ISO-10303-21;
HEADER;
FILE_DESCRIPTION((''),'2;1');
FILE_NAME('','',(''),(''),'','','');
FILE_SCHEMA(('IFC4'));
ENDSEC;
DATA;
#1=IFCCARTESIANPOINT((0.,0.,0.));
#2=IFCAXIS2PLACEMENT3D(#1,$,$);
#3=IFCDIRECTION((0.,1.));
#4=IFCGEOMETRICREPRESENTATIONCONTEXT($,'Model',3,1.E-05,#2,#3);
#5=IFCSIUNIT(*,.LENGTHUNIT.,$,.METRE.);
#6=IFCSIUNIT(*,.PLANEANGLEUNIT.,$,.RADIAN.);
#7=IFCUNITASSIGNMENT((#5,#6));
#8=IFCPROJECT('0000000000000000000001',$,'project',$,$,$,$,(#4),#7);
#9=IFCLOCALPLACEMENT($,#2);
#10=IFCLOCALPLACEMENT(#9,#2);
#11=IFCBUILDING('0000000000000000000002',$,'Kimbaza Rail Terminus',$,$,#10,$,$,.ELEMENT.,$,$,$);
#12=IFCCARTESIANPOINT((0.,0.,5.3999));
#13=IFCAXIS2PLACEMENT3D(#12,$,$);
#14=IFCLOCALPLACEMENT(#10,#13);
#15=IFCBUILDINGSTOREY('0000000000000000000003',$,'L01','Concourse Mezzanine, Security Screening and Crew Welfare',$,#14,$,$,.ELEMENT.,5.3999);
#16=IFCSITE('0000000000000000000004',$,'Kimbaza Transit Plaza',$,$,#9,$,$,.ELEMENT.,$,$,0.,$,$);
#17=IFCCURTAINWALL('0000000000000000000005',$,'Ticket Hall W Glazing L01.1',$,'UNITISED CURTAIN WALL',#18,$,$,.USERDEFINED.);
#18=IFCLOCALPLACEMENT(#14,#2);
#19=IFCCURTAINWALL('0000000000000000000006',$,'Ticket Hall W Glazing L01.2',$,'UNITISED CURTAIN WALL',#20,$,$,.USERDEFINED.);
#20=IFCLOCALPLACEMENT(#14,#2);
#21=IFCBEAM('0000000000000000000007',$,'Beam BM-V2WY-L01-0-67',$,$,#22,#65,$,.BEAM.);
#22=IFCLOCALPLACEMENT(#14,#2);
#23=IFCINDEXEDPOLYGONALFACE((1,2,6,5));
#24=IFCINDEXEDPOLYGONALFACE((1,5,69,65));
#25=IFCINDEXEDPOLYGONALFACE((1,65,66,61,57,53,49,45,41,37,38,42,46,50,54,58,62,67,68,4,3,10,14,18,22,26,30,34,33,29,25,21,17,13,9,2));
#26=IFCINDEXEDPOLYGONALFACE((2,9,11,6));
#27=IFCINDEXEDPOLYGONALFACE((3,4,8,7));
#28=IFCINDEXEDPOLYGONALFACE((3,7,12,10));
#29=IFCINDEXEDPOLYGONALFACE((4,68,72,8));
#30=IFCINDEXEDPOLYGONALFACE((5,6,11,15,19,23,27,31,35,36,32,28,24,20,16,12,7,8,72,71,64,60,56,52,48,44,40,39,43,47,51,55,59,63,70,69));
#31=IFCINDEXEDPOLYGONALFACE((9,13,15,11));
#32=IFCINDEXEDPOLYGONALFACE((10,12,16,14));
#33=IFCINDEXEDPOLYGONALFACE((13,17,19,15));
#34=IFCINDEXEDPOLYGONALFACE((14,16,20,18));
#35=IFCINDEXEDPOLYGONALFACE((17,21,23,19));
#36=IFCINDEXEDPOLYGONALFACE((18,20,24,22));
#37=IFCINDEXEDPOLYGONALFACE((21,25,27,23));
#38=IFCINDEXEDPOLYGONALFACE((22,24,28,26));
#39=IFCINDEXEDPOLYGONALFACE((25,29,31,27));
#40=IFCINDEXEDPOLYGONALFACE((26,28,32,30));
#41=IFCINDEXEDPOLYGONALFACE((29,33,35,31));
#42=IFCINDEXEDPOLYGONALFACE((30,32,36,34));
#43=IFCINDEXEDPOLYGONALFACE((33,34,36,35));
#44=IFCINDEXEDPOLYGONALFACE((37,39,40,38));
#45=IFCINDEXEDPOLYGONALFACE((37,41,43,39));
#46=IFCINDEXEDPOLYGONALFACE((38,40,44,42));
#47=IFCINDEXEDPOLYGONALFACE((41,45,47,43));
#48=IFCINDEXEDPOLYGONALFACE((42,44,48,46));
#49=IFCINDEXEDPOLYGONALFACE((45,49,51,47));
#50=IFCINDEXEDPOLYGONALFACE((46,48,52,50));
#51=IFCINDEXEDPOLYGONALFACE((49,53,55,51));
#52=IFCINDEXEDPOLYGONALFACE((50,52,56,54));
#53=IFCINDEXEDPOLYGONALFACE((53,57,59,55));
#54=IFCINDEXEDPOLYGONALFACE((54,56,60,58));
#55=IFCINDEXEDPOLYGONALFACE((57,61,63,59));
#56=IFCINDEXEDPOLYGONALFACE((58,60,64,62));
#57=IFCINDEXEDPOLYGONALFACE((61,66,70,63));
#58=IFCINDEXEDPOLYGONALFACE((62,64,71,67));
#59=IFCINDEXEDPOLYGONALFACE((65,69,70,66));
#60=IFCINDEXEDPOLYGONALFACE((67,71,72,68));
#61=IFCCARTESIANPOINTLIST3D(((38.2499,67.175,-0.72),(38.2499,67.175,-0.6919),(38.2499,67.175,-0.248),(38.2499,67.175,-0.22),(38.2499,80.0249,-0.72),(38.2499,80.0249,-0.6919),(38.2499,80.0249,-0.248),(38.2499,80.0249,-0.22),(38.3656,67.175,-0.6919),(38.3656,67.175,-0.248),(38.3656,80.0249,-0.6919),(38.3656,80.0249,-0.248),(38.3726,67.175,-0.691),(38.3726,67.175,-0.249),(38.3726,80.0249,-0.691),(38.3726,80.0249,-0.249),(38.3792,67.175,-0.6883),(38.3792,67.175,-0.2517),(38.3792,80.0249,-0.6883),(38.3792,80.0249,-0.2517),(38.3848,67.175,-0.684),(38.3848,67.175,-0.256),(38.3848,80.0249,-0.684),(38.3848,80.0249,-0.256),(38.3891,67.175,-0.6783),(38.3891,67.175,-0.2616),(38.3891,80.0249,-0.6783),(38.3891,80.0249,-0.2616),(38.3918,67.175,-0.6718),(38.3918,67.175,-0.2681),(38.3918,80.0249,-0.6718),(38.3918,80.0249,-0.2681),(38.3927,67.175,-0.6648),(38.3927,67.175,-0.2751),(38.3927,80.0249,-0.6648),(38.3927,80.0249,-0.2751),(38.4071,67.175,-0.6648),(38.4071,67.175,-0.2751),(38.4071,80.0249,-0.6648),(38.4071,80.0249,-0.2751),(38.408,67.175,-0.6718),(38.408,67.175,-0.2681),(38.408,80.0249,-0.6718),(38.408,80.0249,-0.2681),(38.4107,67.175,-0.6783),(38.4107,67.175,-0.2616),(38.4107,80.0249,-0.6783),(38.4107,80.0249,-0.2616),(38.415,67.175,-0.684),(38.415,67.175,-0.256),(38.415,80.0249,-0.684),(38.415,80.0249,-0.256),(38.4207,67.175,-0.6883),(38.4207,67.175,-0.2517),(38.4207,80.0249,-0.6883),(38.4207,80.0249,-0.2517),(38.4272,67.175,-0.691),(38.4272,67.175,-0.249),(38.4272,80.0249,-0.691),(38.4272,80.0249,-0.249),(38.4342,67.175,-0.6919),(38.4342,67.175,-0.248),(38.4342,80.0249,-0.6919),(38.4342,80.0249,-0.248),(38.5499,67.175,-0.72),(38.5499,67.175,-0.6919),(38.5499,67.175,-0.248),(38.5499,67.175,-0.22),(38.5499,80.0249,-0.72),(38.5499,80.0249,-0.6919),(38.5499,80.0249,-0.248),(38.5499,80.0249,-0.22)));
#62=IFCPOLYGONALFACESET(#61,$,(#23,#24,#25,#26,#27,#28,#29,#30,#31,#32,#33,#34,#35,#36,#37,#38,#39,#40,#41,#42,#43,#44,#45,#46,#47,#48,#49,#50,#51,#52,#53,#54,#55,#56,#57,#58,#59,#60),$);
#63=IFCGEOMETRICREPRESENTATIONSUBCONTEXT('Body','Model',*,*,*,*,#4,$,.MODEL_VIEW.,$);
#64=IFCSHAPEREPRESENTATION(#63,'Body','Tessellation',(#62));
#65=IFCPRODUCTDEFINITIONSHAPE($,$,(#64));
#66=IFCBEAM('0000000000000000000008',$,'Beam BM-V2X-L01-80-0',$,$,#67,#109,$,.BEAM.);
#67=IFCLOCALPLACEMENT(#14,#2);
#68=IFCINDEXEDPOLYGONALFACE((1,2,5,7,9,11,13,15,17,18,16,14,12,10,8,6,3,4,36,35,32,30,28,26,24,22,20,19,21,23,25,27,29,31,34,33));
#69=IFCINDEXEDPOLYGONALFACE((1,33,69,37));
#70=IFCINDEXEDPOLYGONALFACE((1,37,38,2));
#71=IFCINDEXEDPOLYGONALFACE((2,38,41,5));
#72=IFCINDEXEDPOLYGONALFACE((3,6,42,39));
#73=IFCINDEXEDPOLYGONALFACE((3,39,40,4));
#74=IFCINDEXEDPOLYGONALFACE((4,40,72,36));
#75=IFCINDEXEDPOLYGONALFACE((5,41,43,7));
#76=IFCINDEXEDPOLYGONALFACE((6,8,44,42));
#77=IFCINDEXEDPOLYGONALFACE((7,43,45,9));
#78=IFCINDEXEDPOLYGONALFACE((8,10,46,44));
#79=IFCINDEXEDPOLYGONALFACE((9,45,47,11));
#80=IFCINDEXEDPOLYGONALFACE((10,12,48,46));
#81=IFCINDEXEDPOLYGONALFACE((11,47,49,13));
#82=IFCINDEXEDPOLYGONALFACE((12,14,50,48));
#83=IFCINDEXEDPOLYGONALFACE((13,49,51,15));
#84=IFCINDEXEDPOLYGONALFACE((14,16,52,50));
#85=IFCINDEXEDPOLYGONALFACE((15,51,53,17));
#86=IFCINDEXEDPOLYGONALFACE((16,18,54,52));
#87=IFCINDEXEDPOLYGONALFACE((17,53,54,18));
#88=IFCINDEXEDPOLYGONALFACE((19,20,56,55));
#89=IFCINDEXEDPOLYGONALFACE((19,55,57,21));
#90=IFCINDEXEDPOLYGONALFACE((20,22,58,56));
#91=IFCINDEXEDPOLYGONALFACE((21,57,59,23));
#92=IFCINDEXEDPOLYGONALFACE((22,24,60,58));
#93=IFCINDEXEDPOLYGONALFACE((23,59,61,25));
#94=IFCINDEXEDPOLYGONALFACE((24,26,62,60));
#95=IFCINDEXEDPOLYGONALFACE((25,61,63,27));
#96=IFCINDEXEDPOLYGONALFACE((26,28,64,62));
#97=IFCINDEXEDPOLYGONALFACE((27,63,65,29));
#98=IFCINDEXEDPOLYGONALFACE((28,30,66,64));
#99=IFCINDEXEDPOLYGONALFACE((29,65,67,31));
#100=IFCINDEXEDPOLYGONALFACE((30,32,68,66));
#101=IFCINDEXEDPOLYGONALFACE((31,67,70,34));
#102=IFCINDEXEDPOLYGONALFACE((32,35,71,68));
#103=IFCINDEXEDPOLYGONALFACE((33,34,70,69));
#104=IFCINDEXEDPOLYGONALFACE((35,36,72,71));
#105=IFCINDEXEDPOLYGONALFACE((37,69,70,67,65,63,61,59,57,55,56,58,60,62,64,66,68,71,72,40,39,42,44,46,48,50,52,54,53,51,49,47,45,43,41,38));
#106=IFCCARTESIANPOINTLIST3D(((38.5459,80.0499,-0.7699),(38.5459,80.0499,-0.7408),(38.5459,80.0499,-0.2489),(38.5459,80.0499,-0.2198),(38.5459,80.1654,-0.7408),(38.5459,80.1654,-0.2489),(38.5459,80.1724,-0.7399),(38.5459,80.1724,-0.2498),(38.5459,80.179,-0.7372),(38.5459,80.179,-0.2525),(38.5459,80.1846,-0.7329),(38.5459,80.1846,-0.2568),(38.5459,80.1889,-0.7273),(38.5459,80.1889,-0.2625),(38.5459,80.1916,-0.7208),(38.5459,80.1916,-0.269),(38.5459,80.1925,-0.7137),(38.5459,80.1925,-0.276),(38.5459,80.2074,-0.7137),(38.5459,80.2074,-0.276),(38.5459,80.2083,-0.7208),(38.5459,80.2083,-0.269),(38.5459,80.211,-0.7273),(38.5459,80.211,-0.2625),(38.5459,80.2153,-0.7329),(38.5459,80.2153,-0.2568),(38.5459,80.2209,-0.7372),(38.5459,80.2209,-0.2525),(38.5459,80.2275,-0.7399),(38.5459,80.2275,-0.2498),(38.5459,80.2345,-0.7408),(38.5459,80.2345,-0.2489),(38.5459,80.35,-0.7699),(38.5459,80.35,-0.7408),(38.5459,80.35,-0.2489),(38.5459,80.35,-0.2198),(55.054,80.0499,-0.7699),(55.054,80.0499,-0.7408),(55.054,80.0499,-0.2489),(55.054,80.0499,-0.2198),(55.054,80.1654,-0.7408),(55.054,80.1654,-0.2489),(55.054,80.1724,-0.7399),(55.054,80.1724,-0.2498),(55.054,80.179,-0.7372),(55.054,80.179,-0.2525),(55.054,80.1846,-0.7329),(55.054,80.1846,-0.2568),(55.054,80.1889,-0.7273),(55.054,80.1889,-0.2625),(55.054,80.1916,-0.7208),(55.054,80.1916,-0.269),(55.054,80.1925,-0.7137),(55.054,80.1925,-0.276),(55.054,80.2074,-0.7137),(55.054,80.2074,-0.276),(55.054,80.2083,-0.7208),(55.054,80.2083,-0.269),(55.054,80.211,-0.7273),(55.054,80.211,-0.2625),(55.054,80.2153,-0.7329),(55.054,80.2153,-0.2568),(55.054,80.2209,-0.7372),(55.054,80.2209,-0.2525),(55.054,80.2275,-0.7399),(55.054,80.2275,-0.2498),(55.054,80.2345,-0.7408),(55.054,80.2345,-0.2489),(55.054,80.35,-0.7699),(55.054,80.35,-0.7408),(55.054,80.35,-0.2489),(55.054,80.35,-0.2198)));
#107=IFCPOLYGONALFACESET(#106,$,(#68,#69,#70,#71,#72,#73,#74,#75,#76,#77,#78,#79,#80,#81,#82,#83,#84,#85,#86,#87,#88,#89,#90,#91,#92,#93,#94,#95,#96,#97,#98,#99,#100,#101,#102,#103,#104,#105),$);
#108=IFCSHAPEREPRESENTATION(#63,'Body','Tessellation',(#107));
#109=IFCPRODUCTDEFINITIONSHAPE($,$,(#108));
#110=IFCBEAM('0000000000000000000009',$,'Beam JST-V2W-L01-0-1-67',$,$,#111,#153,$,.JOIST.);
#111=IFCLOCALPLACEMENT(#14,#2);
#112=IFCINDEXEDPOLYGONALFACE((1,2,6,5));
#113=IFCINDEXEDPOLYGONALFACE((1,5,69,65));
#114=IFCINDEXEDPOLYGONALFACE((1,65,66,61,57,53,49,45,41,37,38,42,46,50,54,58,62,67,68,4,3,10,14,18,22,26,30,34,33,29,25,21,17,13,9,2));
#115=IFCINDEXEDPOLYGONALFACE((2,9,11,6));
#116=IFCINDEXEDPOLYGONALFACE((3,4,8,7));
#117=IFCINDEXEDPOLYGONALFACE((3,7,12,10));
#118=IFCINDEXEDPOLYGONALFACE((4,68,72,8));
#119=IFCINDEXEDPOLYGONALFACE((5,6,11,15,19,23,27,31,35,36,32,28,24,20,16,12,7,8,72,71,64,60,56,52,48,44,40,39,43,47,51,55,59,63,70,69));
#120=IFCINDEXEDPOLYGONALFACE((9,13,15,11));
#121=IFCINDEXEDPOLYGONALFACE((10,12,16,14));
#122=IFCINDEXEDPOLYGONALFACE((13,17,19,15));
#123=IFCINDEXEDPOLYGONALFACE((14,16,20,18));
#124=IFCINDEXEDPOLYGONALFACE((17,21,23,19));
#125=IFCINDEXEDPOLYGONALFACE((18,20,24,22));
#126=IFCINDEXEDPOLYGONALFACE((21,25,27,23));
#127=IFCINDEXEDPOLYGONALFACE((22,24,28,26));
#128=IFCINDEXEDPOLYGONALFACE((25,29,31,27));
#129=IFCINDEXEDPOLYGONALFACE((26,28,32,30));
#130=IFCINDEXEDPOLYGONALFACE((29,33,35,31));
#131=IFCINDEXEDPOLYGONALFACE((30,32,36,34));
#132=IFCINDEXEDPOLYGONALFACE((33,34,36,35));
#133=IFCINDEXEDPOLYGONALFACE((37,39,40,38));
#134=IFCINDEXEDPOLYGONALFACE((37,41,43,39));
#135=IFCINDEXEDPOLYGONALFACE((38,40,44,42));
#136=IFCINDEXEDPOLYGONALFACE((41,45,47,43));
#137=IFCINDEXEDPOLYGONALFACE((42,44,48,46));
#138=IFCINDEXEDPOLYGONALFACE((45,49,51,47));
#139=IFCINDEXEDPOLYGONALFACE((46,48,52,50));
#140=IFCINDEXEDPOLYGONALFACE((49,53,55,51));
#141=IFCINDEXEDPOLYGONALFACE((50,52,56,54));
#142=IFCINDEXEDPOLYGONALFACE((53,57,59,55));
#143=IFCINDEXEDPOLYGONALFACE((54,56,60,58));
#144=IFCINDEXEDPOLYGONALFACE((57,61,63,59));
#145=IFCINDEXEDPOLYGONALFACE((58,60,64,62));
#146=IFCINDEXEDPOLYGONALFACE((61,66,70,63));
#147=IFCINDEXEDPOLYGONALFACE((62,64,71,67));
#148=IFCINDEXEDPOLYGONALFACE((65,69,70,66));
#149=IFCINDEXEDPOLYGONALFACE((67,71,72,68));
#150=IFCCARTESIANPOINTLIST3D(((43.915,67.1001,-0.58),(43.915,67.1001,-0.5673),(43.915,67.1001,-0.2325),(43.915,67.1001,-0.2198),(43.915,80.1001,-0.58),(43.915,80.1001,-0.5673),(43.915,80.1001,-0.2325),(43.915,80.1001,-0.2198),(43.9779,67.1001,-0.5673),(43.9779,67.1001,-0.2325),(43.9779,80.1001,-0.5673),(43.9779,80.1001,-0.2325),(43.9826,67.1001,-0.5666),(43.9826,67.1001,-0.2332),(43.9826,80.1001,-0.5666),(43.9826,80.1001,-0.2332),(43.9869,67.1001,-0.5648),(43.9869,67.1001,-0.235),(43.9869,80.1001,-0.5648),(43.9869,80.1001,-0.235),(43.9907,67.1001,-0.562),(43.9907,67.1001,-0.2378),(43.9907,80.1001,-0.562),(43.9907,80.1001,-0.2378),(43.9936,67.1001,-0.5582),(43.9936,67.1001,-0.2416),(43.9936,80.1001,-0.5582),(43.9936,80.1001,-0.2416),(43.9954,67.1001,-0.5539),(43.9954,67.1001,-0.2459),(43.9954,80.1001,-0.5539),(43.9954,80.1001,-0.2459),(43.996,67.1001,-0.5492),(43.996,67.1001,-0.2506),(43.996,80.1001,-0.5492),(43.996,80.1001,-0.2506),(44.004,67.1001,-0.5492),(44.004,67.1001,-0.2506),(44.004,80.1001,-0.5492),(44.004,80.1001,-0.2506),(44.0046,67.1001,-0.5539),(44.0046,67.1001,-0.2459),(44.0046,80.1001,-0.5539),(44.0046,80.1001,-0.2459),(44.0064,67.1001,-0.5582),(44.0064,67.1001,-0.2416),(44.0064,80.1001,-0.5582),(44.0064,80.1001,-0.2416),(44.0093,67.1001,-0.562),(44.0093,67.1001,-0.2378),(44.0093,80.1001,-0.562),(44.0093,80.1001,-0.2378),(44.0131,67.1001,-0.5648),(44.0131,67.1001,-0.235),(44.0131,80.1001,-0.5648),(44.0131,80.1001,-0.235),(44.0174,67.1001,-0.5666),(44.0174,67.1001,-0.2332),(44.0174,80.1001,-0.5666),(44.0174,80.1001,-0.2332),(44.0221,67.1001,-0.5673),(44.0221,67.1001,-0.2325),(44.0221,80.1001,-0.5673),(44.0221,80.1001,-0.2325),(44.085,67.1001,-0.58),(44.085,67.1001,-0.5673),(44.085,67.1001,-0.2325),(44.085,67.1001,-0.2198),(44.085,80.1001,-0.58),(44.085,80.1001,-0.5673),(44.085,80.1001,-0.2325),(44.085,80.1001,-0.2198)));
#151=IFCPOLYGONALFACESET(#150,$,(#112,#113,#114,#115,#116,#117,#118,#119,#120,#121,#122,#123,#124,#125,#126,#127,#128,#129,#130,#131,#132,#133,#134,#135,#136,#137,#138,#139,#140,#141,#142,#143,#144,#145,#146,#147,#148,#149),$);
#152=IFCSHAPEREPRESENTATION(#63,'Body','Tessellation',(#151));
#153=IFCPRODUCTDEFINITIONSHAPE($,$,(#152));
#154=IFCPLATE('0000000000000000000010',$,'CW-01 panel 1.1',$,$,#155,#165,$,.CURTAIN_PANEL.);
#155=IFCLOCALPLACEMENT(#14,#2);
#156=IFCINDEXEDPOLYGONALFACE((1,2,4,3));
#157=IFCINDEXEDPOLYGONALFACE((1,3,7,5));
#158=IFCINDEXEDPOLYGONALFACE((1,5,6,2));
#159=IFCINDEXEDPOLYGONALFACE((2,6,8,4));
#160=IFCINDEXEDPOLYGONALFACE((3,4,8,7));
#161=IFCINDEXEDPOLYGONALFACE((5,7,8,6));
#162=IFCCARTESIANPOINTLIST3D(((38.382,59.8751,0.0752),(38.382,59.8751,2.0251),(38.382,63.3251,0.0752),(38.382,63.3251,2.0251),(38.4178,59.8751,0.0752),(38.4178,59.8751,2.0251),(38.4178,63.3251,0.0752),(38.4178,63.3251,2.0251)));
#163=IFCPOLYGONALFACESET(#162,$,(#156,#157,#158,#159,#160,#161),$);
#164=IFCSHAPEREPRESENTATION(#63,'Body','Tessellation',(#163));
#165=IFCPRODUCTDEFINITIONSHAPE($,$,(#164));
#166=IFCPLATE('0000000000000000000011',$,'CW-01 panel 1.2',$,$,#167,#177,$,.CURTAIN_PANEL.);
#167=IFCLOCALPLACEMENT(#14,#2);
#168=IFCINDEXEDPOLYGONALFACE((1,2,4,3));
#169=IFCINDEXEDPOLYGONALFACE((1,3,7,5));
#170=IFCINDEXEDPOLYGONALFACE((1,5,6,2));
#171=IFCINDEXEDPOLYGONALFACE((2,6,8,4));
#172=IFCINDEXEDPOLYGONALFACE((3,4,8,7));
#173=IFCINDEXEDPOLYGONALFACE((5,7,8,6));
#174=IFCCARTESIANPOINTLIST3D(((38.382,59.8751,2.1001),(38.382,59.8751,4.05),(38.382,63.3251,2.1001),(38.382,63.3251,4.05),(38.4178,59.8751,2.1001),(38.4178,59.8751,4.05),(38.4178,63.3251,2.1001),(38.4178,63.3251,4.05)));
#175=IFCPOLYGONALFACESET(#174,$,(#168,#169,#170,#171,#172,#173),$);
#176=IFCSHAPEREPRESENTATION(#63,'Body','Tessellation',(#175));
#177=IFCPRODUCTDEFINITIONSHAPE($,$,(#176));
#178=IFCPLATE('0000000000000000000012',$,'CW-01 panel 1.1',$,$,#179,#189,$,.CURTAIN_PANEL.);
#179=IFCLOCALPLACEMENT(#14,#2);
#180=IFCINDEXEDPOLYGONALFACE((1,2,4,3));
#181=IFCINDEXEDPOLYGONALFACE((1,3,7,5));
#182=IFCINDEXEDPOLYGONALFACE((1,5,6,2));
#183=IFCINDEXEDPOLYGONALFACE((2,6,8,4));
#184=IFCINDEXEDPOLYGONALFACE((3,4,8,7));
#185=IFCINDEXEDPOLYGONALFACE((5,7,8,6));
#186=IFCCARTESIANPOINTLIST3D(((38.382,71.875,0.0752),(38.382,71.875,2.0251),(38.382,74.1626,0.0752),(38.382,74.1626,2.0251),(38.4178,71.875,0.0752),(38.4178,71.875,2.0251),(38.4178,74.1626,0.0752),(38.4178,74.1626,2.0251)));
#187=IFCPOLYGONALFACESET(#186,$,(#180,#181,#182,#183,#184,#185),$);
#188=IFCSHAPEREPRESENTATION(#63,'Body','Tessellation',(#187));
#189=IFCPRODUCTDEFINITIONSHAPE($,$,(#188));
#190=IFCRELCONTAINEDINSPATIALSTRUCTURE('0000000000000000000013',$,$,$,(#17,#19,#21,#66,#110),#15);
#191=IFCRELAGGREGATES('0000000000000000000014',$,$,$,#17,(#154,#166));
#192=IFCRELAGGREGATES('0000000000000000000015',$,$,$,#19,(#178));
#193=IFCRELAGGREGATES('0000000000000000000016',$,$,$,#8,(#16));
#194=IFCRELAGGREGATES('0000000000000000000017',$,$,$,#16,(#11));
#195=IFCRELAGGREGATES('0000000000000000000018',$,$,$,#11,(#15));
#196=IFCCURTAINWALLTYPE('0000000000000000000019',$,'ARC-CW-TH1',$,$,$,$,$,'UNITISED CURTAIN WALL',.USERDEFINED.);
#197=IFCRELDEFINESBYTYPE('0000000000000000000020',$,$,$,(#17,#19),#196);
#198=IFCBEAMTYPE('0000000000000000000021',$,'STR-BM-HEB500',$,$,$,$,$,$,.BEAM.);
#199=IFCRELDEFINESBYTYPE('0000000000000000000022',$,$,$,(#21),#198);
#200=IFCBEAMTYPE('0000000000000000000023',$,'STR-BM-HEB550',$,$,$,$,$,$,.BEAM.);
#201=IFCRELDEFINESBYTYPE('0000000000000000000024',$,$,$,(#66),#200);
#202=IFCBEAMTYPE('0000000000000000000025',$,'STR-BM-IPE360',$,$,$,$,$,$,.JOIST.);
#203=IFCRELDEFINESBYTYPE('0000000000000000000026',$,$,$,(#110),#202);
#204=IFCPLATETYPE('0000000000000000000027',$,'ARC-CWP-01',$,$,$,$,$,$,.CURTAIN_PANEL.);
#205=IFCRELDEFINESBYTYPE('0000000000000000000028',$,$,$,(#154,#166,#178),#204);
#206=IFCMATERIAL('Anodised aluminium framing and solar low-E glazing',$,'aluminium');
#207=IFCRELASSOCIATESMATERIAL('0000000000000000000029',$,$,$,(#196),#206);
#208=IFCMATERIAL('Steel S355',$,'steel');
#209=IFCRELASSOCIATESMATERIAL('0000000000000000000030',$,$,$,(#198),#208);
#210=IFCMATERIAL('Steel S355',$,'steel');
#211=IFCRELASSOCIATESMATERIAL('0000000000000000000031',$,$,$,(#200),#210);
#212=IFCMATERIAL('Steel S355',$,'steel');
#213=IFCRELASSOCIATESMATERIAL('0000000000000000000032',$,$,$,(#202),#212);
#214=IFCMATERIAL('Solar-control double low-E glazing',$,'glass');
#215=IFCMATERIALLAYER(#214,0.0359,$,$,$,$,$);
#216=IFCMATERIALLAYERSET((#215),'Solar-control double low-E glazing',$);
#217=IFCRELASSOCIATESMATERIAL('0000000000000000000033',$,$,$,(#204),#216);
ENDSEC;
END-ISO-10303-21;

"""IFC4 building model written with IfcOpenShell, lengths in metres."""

from ifc_helpers import new_model, si_unit, direction, frame, origin, origin_2d, place, context, subcontext, project, spatial, rectangle, i_section, extrude, material, layer, layer_set, material_profile, profile_set, type_object, element, aggregate, save


model = new_model("IFC4")

# Units and contexts
model_context = context("Model", 3, precision=1e-05, world=origin(), true_north=direction((0.0, 1.0)))
body_context = subcontext(model_context, "Body", "Model", "MODEL_VIEW")
ifc_project = project(units=[si_unit("LENGTHUNIT", "METRE"), si_unit("PLANEANGLEUNIT", "RADIAN")], contexts=[model_context])

# Site, building, storey
site_placement = place(None, origin())
site = spatial("IfcSite", under=ifc_project, at=site_placement, Name="Kimbaza Transit Plaza", CompositionType="ELEMENT", RefElevation=0.0)
building_placement = place(site_placement, origin())
building = spatial("IfcBuilding", under=site, at=building_placement, Name="Kimbaza Rail Terminus", CompositionType="ELEMENT")
storey_placement = place(building_placement, frame((0.0, 0.0, 5.3999)))
storey = spatial("IfcBuildingStorey", under=building, at=storey_placement, Name="L01", Description="Concourse Mezzanine, Security Screening and Crew Welfare", CompositionType="ELEMENT", Elevation=5.3999)

# Curtain wall
ifc_material_1 = material(Name="Anodised aluminium framing and solar low-E glazing", Category="aluminium")
curtain_wall_type = type_object("IfcCurtainWallType", Name="ARC-CW-TH1", ElementType="UNITISED CURTAIN WALL", PredefinedType="USERDEFINED", material=ifc_material_1)
curtain_wall_1_placement = place(storey_placement, origin())
curtain_wall_1 = element("IfcCurtainWall", 1, at=curtain_wall_1_placement, inside=storey, type_object=curtain_wall_type, Name="Ticket Hall W Glazing L01.1", ObjectType="UNITISED CURTAIN WALL", PredefinedType="USERDEFINED")

# Curtain wall
curtain_wall_2_placement = place(storey_placement, origin())
curtain_wall_2 = element("IfcCurtainWall", 2, at=curtain_wall_2_placement, inside=storey, type_object=curtain_wall_type, Name="Ticket Hall W Glazing L01.2", ObjectType="UNITISED CURTAIN WALL", PredefinedType="USERDEFINED")

# Beams
ifc_material_2 = material(Name="Steel S355", Category="steel")
ifc_material_profile_1 = material_profile(ifc_material_2, i_section(OverallWidth=0.3, OverallDepth=0.5, WebThickness=0.0144, FlangeThickness=0.0281, FilletRadius=0.0271, at=origin_2d()), Name="HEB 500")
ifc_profile_set_1 = profile_set([ifc_material_profile_1], Name="Steel S355")
beam_type_1 = type_object("IfcBeamType", Name="STR-BM-HEB500", PredefinedType="BEAM", material=ifc_profile_set_1)
beam_1_placement = place(storey_placement, frame((38.3999, 67.175, -0.47), z_axis=(0.0, 1.0, 0.0), x_axis=(-1.0, 0.0, 0.0)))
element("IfcBeam", 3, at=beam_1_placement, inside=storey, type_object=beam_type_1, Name="Beam BM-V2WY-L01-0-67", PredefinedType="BEAM", context=body_context, shape_type="SweptSolid", body=[
    extrude(i_section(OverallWidth=0.3, OverallDepth=0.5, WebThickness=0.0144, FlangeThickness=0.0281, FilletRadius=0.0271, at=origin_2d()), origin(), (0.0, 0.0, 1.0), 12.8499),
])
ifc_material_3 = material(Name="Steel S355", Category="steel")
ifc_material_profile_2 = material_profile(ifc_material_3, i_section(OverallWidth=0.3, OverallDepth=0.55, WebThickness=0.0149, FlangeThickness=0.0291, FilletRadius=0.0271, at=origin_2d()), Name="HEB 550")
ifc_profile_set_2 = profile_set([ifc_material_profile_2], Name="Steel S355")
beam_type_2 = type_object("IfcBeamType", Name="STR-BM-HEB550", PredefinedType="BEAM", material=ifc_profile_set_2)
beam_2_placement = place(storey_placement, frame((38.5459, 80.2, -0.4949), z_axis=(1.0, 0.0, 0.0), x_axis=(0.0, 1.0, 0.0)))
element("IfcBeam", 4, at=beam_2_placement, inside=storey, type_object=beam_type_2, Name="Beam BM-V2X-L01-80-0", PredefinedType="BEAM", context=body_context, shape_type="SweptSolid", body=[
    extrude(i_section(OverallWidth=0.3, OverallDepth=0.55, WebThickness=0.0149, FlangeThickness=0.0291, FilletRadius=0.0271, at=origin_2d()), origin(), (0.0, 0.0, 1.0), 16.5081),
])
ifc_material_4 = material(Name="Steel S355", Category="steel")
ifc_material_profile_3 = material_profile(ifc_material_4, i_section(OverallWidth=0.1699, OverallDepth=0.3601, WebThickness=0.0081, FlangeThickness=0.0127, FilletRadius=0.0181, at=origin_2d()), Name="IPE 360")
ifc_profile_set_3 = profile_set([ifc_material_profile_3], Name="Steel S355")
beam_type_3 = type_object("IfcBeamType", Name="STR-BM-IPE360", PredefinedType="JOIST", material=ifc_profile_set_3)
beam_3_placement = place(storey_placement, frame((44.0, 67.1001, -0.3999), z_axis=(0.0, 1.0, 0.0), x_axis=(-1.0, 0.0, 0.0)))
element("IfcBeam", 5, at=beam_3_placement, inside=storey, type_object=beam_type_3, Name="Beam JST-V2W-L01-0-1-67", PredefinedType="JOIST", context=body_context, shape_type="SweptSolid", body=[
    extrude(i_section(OverallWidth=0.1699, OverallDepth=0.3601, WebThickness=0.0081, FlangeThickness=0.0127, FilletRadius=0.0181, at=origin_2d()), origin(), (0.0, 0.0, 1.0), 13.0),
])

# Plates
ifc_material_5 = material(Name="Solar-control double low-E glazing", Category="glass")
ifc_layer_1 = layer(ifc_material_5, 0.0359)
ifc_layer_set_1 = layer_set([ifc_layer_1], Name="Solar-control double low-E glazing")
plate_type = type_object("IfcPlateType", Name="ARC-CWP-01", PredefinedType="CURTAIN_PANEL", material=ifc_layer_set_1)
plate_1_placement = place(storey_placement, frame((38.3999, 61.6001, 0.0752), z_axis=(0.0, 0.0, 1.0), x_axis=(0.0, 1.0, 0.0)))
plate_1 = element("IfcPlate", 6, at=plate_1_placement, type_object=plate_type, Name="CW-01 panel 1.1", PredefinedType="CURTAIN_PANEL", context=body_context, shape_type="SweptSolid", body=[
    extrude(rectangle(XDim=3.45, YDim=0.0359, at=origin_2d()), origin(), (0.0, 0.0, 1.0), 1.95),
])
plate_2_placement = place(storey_placement, frame((38.3999, 61.6001, 2.1001), z_axis=(0.0, 0.0, 1.0), x_axis=(0.0, 1.0, 0.0)))
plate_2 = element("IfcPlate", 7, at=plate_2_placement, type_object=plate_type, Name="CW-01 panel 1.2", PredefinedType="CURTAIN_PANEL", context=body_context, shape_type="SweptSolid", body=[
    extrude(rectangle(XDim=3.45, YDim=0.0359, at=origin_2d()), origin(), (0.0, 0.0, 1.0), 1.95),
])
aggregate(curtain_wall_1, [plate_1, plate_2])
plate_3_placement = place(storey_placement, frame((38.3999, 73.0188, 0.0752), z_axis=(0.0, 0.0, 1.0), x_axis=(0.0, 1.0, 0.0)))
plate_3 = element("IfcPlate", 8, at=plate_3_placement, type_object=plate_type, Name="CW-01 panel 1.1", PredefinedType="CURTAIN_PANEL", context=body_context, shape_type="SweptSolid", body=[
    extrude(rectangle(XDim=2.2876, YDim=0.0359, at=origin_2d()), origin(), (0.0, 0.0, 1.0), 1.95),
])
aggregate(curtain_wall_2, [plate_3])

save(model, "model.ifc")
